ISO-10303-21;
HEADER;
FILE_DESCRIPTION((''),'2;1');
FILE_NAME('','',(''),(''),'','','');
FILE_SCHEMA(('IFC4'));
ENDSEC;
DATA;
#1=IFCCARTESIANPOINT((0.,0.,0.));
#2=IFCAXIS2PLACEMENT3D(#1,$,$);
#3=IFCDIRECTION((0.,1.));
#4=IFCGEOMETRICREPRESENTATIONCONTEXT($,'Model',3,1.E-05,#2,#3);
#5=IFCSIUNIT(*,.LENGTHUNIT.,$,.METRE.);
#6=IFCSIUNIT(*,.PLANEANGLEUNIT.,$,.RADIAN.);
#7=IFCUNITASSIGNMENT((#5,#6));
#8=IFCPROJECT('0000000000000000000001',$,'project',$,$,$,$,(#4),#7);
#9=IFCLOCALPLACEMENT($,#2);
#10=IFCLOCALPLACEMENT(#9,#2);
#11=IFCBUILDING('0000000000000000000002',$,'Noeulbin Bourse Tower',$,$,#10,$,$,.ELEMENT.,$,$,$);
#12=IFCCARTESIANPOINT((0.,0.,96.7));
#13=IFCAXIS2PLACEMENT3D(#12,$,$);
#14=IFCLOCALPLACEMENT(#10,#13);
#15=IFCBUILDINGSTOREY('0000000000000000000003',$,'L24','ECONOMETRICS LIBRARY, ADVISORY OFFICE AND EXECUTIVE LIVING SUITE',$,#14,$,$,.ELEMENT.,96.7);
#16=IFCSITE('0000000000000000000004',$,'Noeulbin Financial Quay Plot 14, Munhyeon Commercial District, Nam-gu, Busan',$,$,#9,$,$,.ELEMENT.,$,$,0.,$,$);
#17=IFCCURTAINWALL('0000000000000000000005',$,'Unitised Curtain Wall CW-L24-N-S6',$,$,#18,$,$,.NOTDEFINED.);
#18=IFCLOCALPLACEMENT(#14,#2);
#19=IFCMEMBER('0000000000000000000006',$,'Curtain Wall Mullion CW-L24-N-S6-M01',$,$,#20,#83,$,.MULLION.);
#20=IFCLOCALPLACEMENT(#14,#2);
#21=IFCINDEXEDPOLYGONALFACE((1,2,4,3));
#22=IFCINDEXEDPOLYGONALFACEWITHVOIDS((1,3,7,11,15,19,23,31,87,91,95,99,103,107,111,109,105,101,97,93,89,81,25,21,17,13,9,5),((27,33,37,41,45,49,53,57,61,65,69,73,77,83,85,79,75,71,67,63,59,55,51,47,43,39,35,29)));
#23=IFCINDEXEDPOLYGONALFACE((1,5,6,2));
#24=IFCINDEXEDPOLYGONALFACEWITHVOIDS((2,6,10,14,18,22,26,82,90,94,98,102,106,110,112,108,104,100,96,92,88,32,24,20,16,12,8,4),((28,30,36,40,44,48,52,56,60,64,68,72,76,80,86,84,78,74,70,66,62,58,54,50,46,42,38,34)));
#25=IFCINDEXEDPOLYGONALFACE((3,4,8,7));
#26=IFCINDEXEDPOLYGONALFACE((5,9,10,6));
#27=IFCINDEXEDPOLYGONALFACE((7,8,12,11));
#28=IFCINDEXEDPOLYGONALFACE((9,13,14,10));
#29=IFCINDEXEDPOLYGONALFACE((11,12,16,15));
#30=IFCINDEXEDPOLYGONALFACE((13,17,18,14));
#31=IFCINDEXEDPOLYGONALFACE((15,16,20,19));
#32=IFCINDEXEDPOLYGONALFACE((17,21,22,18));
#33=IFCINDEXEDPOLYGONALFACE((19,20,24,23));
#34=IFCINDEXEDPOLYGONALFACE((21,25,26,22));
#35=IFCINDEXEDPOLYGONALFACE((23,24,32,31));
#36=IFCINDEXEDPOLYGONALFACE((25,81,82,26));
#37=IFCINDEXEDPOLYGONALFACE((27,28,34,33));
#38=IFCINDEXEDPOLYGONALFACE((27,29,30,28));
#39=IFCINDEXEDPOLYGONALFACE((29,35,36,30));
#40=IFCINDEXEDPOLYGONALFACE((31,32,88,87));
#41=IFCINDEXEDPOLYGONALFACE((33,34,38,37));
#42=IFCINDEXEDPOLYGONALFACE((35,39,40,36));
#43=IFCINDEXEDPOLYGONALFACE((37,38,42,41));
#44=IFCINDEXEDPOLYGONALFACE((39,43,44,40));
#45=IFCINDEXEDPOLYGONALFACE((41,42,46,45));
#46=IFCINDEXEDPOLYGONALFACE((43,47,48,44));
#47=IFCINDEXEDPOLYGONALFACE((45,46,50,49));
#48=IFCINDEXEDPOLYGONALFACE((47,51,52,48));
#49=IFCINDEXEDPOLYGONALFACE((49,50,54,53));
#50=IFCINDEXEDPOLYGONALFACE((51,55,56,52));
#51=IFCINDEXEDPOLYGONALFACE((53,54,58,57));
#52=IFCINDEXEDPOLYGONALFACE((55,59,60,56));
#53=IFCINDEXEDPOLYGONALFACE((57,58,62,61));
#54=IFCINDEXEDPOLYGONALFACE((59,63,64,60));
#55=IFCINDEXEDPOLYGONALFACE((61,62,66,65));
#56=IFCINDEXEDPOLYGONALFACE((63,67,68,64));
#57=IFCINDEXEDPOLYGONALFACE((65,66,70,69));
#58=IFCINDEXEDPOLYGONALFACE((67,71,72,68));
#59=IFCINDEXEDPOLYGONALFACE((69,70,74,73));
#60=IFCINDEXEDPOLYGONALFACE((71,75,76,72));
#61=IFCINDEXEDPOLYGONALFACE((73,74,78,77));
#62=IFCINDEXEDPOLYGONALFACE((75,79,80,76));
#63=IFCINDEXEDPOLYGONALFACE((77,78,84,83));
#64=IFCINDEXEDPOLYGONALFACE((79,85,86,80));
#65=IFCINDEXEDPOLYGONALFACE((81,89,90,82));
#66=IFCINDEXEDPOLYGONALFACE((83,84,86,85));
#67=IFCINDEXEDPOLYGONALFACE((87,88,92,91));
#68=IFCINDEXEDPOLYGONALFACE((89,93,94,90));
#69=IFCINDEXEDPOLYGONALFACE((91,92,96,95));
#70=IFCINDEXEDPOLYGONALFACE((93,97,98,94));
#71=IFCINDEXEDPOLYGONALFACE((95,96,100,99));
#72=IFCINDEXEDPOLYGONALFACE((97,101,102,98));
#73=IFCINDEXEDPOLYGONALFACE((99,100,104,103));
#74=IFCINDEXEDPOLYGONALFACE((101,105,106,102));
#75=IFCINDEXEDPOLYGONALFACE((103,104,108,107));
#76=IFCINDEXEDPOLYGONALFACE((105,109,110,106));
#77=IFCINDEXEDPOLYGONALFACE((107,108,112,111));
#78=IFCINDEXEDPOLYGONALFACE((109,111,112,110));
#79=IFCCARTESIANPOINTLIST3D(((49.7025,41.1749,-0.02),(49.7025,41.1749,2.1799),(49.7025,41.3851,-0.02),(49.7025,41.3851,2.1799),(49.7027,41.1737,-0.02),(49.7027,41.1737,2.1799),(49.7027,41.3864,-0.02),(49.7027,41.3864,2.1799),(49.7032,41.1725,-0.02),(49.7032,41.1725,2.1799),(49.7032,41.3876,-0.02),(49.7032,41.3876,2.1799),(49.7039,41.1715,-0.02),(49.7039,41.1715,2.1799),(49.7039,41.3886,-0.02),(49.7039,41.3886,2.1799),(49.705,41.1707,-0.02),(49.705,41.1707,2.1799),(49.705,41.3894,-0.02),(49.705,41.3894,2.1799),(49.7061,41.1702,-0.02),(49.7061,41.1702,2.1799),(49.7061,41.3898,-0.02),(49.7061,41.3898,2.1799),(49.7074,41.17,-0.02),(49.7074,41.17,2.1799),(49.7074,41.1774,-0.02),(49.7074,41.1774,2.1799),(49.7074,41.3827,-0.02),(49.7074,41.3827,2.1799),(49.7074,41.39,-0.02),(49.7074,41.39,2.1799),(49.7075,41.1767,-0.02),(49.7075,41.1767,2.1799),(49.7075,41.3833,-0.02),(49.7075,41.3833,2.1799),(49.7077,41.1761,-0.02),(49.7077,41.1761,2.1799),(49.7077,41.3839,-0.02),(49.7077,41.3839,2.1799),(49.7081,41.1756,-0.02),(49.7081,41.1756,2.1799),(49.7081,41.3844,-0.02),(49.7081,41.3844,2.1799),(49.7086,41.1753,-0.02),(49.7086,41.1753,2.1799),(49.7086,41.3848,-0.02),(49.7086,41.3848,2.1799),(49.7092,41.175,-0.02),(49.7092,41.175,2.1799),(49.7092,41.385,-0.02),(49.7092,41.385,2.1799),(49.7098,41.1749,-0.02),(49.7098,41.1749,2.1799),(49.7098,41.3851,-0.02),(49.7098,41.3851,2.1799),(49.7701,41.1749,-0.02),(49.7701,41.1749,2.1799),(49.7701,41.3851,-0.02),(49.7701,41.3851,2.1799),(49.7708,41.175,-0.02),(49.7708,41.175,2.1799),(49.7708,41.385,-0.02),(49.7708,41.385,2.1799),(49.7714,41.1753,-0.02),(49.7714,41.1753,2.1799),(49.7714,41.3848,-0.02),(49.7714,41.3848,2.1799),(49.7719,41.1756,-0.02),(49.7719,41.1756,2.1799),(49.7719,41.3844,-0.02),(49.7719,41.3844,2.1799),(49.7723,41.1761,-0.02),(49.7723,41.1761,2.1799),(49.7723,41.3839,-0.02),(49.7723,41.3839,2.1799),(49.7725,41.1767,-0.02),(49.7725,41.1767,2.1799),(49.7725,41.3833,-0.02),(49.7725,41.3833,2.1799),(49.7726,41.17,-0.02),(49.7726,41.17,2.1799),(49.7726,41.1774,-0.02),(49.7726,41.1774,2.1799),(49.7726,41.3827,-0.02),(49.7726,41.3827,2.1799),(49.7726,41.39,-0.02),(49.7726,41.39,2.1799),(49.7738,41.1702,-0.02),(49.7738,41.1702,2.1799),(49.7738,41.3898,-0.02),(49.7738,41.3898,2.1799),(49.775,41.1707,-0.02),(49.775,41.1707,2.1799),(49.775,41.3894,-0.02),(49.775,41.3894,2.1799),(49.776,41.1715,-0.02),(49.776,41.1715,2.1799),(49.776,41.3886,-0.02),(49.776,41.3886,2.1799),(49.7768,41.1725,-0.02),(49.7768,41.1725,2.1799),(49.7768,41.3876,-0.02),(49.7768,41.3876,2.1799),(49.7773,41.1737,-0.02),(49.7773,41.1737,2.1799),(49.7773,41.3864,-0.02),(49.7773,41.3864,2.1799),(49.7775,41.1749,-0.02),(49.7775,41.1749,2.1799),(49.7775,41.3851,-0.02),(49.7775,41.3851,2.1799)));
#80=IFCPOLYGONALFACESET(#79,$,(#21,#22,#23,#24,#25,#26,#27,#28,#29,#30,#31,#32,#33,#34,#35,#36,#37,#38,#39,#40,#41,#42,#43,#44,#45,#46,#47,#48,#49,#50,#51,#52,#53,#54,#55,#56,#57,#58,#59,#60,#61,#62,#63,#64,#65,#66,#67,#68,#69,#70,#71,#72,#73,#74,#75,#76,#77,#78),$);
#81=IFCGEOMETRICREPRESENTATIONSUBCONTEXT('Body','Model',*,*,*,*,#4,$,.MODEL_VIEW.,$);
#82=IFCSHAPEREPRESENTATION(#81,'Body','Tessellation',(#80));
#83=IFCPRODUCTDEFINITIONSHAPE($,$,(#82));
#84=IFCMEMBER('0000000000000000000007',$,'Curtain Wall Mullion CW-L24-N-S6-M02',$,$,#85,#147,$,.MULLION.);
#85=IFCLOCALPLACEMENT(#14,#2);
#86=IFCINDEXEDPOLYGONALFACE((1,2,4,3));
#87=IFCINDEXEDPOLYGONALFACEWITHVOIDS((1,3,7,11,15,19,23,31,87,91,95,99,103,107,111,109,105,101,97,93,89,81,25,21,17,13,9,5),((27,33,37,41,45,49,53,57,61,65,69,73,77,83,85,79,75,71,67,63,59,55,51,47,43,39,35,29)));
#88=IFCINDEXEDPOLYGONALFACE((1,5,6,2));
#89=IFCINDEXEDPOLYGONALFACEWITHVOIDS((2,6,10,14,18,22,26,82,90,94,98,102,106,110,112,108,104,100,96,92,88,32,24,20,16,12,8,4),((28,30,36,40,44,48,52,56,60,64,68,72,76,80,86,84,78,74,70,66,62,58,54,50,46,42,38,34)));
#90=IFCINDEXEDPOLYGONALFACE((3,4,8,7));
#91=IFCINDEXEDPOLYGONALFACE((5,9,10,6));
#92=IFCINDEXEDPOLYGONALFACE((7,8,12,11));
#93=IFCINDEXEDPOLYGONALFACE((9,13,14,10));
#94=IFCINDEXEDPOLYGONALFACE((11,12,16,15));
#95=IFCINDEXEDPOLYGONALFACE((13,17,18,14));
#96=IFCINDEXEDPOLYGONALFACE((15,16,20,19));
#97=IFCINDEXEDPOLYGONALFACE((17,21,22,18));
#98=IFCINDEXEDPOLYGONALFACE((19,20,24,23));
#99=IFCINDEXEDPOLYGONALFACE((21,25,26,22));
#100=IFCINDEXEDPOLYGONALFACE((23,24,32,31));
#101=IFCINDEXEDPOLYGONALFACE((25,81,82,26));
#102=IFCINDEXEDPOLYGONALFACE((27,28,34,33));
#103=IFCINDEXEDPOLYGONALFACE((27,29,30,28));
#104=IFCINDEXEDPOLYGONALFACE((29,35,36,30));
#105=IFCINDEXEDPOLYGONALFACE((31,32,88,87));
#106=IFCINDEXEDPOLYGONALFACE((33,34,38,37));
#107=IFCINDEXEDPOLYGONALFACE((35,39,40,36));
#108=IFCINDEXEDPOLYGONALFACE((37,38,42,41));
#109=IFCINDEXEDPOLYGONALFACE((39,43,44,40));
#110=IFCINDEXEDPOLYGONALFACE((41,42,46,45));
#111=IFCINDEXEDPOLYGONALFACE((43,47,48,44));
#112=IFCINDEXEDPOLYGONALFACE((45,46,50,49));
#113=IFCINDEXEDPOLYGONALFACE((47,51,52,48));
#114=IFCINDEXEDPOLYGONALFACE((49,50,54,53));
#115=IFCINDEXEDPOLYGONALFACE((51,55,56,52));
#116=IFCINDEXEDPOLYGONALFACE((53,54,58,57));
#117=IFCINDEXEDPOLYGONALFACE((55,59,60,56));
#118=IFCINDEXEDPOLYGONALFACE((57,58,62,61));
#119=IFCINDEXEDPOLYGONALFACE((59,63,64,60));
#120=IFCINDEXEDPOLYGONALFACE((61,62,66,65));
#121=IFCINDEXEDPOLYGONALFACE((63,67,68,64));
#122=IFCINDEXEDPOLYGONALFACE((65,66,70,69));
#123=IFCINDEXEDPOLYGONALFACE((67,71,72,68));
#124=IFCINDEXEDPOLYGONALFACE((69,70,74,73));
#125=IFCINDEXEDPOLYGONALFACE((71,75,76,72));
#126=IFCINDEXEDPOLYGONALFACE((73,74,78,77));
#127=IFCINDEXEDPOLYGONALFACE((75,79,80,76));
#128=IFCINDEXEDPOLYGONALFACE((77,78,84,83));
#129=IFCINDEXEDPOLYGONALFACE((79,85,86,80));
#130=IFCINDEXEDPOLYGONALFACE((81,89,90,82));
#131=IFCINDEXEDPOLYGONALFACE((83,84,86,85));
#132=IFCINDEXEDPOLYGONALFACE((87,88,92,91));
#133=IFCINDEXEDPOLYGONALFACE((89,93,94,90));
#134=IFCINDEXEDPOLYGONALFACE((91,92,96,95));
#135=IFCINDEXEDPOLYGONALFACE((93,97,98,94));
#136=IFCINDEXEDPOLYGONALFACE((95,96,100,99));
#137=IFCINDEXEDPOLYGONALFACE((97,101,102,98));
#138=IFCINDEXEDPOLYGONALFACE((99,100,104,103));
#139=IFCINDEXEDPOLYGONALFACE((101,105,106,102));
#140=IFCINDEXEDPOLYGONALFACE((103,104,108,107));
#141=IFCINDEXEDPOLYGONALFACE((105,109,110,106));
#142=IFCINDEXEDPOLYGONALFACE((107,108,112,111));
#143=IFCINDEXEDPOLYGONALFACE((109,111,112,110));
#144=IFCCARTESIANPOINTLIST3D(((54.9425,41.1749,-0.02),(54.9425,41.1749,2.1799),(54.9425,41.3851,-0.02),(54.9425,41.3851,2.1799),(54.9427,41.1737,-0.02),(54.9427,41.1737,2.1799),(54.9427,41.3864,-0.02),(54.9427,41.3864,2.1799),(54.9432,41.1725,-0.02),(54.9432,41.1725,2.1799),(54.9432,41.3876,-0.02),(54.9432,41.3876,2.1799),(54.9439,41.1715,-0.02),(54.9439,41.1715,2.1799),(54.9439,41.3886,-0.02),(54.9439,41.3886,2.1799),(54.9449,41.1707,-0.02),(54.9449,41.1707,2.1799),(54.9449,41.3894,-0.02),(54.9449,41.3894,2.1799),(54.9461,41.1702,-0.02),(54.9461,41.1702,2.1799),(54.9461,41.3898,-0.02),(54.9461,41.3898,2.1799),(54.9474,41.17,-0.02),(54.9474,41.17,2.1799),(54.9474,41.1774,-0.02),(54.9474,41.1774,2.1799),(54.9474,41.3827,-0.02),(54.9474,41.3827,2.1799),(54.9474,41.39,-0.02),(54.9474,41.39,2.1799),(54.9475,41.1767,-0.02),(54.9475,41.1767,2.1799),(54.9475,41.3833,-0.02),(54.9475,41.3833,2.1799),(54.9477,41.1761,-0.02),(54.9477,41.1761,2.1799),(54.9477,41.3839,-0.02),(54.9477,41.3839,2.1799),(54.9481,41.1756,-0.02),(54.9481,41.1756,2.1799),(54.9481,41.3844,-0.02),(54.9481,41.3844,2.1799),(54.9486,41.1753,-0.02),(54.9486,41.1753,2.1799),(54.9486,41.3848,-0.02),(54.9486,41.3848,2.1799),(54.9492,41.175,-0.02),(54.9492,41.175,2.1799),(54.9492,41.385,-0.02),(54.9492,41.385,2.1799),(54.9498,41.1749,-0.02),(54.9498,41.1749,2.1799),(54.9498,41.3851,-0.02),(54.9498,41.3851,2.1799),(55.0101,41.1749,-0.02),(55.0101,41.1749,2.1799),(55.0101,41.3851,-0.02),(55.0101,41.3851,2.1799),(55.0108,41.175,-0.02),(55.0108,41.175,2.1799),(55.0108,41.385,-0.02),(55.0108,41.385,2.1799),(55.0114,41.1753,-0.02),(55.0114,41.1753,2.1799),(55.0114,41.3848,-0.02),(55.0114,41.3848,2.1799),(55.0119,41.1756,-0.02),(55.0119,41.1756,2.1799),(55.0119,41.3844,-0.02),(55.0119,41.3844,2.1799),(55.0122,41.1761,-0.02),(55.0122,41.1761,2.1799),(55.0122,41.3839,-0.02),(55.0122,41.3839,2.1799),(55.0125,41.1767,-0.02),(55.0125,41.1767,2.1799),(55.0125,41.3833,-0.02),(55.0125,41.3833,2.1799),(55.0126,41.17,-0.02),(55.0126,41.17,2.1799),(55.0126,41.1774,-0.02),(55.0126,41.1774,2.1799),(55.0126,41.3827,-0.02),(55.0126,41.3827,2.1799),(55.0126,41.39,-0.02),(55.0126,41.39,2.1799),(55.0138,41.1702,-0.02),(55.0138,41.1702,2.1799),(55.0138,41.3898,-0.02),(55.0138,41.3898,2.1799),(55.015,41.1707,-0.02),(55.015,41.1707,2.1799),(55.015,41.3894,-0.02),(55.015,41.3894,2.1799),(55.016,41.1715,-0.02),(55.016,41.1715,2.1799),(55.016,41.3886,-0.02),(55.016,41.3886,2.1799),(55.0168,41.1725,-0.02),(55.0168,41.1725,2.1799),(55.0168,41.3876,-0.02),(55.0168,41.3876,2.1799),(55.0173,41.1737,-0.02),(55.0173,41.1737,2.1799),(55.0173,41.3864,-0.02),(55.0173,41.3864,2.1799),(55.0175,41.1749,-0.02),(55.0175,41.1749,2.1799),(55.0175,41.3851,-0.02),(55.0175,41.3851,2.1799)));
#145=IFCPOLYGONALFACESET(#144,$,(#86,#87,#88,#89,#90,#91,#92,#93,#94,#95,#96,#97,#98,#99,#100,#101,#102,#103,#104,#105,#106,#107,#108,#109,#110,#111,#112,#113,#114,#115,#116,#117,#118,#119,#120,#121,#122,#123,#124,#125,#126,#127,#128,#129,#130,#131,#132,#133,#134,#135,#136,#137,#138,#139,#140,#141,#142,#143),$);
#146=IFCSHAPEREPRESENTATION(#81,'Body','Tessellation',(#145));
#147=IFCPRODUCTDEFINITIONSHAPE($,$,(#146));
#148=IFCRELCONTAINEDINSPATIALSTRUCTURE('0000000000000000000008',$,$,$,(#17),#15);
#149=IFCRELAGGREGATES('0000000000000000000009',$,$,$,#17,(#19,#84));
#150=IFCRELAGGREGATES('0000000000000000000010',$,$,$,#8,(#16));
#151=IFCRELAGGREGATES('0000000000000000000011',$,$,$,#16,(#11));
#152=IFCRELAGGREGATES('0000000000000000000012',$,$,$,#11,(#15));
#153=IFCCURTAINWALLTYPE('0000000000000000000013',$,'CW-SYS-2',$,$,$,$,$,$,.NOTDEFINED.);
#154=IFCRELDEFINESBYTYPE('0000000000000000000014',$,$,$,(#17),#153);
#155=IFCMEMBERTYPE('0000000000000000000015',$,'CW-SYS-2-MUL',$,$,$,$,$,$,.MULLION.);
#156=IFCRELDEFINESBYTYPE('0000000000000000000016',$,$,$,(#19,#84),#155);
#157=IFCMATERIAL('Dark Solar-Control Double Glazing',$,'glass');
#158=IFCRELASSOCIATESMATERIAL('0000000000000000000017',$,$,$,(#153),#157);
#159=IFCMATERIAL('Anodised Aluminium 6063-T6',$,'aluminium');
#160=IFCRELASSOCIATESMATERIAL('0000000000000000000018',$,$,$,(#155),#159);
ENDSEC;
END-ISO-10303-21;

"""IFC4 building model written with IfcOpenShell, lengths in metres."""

from ifc_helpers import new_model, si_unit, direction, frame, origin, origin_2d, place, context, subcontext, project, spatial, hollow_rectangle, extrude, material, material_profile, profile_set, type_object, element, aggregate, save


model = new_model("IFC4")

# Units and contexts
model_context = context("Model", 3, precision=1e-05, world=origin(), true_north=direction((0.0, 1.0)))
body_context = subcontext(model_context, "Body", "Model", "MODEL_VIEW")
ifc_project = project(units=[si_unit("LENGTHUNIT", "METRE"), si_unit("PLANEANGLEUNIT", "RADIAN")], contexts=[model_context])

# Site, building, storey
site_placement = place(None, origin())
site = spatial("IfcSite", under=ifc_project, at=site_placement, Name="Noeulbin Financial Quay Plot 14, Munhyeon Commercial District, Nam-gu, Busan", CompositionType="ELEMENT", RefElevation=0.0)
building_placement = place(site_placement, origin())
building = spatial("IfcBuilding", under=site, at=building_placement, Name="Noeulbin Bourse Tower", CompositionType="ELEMENT")
storey_placement = place(building_placement, frame((0.0, 0.0, 96.7)))
storey = spatial("IfcBuildingStorey", under=building, at=storey_placement, Name="L24", Description="ECONOMETRICS LIBRARY, ADVISORY OFFICE AND EXECUTIVE LIVING SUITE", CompositionType="ELEMENT", Elevation=96.7)

# Curtain wall, members
ifc_material_1 = material(Name="Dark Solar-Control Double Glazing", Category="glass")
curtain_wall_type = type_object("IfcCurtainWallType", Name="CW-SYS-2", PredefinedType="NOTDEFINED", material=ifc_material_1)
curtain_wall_1_placement = place(storey_placement, origin())
curtain_wall_1 = element("IfcCurtainWall", 1, at=curtain_wall_1_placement, inside=storey, type_object=curtain_wall_type, Name="Unitised Curtain Wall CW-L24-N-S6", PredefinedType="NOTDEFINED")
ifc_material_2 = material(Name="Anodised Aluminium 6063-T6", Category="aluminium")
ifc_material_profile_1 = material_profile(ifc_material_2, hollow_rectangle(XDim=0.075, YDim=0.22, WallThickness=0.0049, InnerFilletRadius=0.0024, OuterFilletRadius=0.0049, at=origin_2d()), Name="ALU-MULL-75x220x5", Category="LoadBearing")
ifc_profile_set_1 = profile_set([ifc_material_profile_1], Name="Anodised Aluminium 6063-T6")
member_type_1 = type_object("IfcMemberType", Name="CW-SYS-2-MUL", PredefinedType="MULLION", material=ifc_profile_set_1)
member_1_placement = place(storey_placement, frame((49.74, 41.28, -0.02), z_axis=(0.0, 0.0, 1.0), x_axis=(1.0, 0.0, 0.0)))
member_1 = element("IfcMember", 2, at=member_1_placement, type_object=member_type_1, Name="Curtain Wall Mullion CW-L24-N-S6-M01", PredefinedType="MULLION", context=body_context, shape_type="SweptSolid", body=[
    extrude(hollow_rectangle(XDim=0.075, YDim=0.22, WallThickness=0.0049, InnerFilletRadius=0.0024, OuterFilletRadius=0.0049, at=origin_2d()), origin(), (0.0, 0.0, 1.0), 2.2),
])
member_2_placement = place(storey_placement, frame((54.98, 41.28, -0.02), z_axis=(0.0, 0.0, 1.0), x_axis=(1.0, 0.0, 0.0)))
member_2 = element("IfcMember", 3, at=member_2_placement, type_object=member_type_1, Name="Curtain Wall Mullion CW-L24-N-S6-M02", PredefinedType="MULLION", context=body_context, shape_type="SweptSolid", body=[
    extrude(hollow_rectangle(XDim=0.075, YDim=0.22, WallThickness=0.0049, InnerFilletRadius=0.0024, OuterFilletRadius=0.0049, at=origin_2d()), origin(), (0.0, 0.0, 1.0), 2.2),
])

aggregate(curtain_wall_1, [member_1, member_2])

save(model, "model.ifc")
